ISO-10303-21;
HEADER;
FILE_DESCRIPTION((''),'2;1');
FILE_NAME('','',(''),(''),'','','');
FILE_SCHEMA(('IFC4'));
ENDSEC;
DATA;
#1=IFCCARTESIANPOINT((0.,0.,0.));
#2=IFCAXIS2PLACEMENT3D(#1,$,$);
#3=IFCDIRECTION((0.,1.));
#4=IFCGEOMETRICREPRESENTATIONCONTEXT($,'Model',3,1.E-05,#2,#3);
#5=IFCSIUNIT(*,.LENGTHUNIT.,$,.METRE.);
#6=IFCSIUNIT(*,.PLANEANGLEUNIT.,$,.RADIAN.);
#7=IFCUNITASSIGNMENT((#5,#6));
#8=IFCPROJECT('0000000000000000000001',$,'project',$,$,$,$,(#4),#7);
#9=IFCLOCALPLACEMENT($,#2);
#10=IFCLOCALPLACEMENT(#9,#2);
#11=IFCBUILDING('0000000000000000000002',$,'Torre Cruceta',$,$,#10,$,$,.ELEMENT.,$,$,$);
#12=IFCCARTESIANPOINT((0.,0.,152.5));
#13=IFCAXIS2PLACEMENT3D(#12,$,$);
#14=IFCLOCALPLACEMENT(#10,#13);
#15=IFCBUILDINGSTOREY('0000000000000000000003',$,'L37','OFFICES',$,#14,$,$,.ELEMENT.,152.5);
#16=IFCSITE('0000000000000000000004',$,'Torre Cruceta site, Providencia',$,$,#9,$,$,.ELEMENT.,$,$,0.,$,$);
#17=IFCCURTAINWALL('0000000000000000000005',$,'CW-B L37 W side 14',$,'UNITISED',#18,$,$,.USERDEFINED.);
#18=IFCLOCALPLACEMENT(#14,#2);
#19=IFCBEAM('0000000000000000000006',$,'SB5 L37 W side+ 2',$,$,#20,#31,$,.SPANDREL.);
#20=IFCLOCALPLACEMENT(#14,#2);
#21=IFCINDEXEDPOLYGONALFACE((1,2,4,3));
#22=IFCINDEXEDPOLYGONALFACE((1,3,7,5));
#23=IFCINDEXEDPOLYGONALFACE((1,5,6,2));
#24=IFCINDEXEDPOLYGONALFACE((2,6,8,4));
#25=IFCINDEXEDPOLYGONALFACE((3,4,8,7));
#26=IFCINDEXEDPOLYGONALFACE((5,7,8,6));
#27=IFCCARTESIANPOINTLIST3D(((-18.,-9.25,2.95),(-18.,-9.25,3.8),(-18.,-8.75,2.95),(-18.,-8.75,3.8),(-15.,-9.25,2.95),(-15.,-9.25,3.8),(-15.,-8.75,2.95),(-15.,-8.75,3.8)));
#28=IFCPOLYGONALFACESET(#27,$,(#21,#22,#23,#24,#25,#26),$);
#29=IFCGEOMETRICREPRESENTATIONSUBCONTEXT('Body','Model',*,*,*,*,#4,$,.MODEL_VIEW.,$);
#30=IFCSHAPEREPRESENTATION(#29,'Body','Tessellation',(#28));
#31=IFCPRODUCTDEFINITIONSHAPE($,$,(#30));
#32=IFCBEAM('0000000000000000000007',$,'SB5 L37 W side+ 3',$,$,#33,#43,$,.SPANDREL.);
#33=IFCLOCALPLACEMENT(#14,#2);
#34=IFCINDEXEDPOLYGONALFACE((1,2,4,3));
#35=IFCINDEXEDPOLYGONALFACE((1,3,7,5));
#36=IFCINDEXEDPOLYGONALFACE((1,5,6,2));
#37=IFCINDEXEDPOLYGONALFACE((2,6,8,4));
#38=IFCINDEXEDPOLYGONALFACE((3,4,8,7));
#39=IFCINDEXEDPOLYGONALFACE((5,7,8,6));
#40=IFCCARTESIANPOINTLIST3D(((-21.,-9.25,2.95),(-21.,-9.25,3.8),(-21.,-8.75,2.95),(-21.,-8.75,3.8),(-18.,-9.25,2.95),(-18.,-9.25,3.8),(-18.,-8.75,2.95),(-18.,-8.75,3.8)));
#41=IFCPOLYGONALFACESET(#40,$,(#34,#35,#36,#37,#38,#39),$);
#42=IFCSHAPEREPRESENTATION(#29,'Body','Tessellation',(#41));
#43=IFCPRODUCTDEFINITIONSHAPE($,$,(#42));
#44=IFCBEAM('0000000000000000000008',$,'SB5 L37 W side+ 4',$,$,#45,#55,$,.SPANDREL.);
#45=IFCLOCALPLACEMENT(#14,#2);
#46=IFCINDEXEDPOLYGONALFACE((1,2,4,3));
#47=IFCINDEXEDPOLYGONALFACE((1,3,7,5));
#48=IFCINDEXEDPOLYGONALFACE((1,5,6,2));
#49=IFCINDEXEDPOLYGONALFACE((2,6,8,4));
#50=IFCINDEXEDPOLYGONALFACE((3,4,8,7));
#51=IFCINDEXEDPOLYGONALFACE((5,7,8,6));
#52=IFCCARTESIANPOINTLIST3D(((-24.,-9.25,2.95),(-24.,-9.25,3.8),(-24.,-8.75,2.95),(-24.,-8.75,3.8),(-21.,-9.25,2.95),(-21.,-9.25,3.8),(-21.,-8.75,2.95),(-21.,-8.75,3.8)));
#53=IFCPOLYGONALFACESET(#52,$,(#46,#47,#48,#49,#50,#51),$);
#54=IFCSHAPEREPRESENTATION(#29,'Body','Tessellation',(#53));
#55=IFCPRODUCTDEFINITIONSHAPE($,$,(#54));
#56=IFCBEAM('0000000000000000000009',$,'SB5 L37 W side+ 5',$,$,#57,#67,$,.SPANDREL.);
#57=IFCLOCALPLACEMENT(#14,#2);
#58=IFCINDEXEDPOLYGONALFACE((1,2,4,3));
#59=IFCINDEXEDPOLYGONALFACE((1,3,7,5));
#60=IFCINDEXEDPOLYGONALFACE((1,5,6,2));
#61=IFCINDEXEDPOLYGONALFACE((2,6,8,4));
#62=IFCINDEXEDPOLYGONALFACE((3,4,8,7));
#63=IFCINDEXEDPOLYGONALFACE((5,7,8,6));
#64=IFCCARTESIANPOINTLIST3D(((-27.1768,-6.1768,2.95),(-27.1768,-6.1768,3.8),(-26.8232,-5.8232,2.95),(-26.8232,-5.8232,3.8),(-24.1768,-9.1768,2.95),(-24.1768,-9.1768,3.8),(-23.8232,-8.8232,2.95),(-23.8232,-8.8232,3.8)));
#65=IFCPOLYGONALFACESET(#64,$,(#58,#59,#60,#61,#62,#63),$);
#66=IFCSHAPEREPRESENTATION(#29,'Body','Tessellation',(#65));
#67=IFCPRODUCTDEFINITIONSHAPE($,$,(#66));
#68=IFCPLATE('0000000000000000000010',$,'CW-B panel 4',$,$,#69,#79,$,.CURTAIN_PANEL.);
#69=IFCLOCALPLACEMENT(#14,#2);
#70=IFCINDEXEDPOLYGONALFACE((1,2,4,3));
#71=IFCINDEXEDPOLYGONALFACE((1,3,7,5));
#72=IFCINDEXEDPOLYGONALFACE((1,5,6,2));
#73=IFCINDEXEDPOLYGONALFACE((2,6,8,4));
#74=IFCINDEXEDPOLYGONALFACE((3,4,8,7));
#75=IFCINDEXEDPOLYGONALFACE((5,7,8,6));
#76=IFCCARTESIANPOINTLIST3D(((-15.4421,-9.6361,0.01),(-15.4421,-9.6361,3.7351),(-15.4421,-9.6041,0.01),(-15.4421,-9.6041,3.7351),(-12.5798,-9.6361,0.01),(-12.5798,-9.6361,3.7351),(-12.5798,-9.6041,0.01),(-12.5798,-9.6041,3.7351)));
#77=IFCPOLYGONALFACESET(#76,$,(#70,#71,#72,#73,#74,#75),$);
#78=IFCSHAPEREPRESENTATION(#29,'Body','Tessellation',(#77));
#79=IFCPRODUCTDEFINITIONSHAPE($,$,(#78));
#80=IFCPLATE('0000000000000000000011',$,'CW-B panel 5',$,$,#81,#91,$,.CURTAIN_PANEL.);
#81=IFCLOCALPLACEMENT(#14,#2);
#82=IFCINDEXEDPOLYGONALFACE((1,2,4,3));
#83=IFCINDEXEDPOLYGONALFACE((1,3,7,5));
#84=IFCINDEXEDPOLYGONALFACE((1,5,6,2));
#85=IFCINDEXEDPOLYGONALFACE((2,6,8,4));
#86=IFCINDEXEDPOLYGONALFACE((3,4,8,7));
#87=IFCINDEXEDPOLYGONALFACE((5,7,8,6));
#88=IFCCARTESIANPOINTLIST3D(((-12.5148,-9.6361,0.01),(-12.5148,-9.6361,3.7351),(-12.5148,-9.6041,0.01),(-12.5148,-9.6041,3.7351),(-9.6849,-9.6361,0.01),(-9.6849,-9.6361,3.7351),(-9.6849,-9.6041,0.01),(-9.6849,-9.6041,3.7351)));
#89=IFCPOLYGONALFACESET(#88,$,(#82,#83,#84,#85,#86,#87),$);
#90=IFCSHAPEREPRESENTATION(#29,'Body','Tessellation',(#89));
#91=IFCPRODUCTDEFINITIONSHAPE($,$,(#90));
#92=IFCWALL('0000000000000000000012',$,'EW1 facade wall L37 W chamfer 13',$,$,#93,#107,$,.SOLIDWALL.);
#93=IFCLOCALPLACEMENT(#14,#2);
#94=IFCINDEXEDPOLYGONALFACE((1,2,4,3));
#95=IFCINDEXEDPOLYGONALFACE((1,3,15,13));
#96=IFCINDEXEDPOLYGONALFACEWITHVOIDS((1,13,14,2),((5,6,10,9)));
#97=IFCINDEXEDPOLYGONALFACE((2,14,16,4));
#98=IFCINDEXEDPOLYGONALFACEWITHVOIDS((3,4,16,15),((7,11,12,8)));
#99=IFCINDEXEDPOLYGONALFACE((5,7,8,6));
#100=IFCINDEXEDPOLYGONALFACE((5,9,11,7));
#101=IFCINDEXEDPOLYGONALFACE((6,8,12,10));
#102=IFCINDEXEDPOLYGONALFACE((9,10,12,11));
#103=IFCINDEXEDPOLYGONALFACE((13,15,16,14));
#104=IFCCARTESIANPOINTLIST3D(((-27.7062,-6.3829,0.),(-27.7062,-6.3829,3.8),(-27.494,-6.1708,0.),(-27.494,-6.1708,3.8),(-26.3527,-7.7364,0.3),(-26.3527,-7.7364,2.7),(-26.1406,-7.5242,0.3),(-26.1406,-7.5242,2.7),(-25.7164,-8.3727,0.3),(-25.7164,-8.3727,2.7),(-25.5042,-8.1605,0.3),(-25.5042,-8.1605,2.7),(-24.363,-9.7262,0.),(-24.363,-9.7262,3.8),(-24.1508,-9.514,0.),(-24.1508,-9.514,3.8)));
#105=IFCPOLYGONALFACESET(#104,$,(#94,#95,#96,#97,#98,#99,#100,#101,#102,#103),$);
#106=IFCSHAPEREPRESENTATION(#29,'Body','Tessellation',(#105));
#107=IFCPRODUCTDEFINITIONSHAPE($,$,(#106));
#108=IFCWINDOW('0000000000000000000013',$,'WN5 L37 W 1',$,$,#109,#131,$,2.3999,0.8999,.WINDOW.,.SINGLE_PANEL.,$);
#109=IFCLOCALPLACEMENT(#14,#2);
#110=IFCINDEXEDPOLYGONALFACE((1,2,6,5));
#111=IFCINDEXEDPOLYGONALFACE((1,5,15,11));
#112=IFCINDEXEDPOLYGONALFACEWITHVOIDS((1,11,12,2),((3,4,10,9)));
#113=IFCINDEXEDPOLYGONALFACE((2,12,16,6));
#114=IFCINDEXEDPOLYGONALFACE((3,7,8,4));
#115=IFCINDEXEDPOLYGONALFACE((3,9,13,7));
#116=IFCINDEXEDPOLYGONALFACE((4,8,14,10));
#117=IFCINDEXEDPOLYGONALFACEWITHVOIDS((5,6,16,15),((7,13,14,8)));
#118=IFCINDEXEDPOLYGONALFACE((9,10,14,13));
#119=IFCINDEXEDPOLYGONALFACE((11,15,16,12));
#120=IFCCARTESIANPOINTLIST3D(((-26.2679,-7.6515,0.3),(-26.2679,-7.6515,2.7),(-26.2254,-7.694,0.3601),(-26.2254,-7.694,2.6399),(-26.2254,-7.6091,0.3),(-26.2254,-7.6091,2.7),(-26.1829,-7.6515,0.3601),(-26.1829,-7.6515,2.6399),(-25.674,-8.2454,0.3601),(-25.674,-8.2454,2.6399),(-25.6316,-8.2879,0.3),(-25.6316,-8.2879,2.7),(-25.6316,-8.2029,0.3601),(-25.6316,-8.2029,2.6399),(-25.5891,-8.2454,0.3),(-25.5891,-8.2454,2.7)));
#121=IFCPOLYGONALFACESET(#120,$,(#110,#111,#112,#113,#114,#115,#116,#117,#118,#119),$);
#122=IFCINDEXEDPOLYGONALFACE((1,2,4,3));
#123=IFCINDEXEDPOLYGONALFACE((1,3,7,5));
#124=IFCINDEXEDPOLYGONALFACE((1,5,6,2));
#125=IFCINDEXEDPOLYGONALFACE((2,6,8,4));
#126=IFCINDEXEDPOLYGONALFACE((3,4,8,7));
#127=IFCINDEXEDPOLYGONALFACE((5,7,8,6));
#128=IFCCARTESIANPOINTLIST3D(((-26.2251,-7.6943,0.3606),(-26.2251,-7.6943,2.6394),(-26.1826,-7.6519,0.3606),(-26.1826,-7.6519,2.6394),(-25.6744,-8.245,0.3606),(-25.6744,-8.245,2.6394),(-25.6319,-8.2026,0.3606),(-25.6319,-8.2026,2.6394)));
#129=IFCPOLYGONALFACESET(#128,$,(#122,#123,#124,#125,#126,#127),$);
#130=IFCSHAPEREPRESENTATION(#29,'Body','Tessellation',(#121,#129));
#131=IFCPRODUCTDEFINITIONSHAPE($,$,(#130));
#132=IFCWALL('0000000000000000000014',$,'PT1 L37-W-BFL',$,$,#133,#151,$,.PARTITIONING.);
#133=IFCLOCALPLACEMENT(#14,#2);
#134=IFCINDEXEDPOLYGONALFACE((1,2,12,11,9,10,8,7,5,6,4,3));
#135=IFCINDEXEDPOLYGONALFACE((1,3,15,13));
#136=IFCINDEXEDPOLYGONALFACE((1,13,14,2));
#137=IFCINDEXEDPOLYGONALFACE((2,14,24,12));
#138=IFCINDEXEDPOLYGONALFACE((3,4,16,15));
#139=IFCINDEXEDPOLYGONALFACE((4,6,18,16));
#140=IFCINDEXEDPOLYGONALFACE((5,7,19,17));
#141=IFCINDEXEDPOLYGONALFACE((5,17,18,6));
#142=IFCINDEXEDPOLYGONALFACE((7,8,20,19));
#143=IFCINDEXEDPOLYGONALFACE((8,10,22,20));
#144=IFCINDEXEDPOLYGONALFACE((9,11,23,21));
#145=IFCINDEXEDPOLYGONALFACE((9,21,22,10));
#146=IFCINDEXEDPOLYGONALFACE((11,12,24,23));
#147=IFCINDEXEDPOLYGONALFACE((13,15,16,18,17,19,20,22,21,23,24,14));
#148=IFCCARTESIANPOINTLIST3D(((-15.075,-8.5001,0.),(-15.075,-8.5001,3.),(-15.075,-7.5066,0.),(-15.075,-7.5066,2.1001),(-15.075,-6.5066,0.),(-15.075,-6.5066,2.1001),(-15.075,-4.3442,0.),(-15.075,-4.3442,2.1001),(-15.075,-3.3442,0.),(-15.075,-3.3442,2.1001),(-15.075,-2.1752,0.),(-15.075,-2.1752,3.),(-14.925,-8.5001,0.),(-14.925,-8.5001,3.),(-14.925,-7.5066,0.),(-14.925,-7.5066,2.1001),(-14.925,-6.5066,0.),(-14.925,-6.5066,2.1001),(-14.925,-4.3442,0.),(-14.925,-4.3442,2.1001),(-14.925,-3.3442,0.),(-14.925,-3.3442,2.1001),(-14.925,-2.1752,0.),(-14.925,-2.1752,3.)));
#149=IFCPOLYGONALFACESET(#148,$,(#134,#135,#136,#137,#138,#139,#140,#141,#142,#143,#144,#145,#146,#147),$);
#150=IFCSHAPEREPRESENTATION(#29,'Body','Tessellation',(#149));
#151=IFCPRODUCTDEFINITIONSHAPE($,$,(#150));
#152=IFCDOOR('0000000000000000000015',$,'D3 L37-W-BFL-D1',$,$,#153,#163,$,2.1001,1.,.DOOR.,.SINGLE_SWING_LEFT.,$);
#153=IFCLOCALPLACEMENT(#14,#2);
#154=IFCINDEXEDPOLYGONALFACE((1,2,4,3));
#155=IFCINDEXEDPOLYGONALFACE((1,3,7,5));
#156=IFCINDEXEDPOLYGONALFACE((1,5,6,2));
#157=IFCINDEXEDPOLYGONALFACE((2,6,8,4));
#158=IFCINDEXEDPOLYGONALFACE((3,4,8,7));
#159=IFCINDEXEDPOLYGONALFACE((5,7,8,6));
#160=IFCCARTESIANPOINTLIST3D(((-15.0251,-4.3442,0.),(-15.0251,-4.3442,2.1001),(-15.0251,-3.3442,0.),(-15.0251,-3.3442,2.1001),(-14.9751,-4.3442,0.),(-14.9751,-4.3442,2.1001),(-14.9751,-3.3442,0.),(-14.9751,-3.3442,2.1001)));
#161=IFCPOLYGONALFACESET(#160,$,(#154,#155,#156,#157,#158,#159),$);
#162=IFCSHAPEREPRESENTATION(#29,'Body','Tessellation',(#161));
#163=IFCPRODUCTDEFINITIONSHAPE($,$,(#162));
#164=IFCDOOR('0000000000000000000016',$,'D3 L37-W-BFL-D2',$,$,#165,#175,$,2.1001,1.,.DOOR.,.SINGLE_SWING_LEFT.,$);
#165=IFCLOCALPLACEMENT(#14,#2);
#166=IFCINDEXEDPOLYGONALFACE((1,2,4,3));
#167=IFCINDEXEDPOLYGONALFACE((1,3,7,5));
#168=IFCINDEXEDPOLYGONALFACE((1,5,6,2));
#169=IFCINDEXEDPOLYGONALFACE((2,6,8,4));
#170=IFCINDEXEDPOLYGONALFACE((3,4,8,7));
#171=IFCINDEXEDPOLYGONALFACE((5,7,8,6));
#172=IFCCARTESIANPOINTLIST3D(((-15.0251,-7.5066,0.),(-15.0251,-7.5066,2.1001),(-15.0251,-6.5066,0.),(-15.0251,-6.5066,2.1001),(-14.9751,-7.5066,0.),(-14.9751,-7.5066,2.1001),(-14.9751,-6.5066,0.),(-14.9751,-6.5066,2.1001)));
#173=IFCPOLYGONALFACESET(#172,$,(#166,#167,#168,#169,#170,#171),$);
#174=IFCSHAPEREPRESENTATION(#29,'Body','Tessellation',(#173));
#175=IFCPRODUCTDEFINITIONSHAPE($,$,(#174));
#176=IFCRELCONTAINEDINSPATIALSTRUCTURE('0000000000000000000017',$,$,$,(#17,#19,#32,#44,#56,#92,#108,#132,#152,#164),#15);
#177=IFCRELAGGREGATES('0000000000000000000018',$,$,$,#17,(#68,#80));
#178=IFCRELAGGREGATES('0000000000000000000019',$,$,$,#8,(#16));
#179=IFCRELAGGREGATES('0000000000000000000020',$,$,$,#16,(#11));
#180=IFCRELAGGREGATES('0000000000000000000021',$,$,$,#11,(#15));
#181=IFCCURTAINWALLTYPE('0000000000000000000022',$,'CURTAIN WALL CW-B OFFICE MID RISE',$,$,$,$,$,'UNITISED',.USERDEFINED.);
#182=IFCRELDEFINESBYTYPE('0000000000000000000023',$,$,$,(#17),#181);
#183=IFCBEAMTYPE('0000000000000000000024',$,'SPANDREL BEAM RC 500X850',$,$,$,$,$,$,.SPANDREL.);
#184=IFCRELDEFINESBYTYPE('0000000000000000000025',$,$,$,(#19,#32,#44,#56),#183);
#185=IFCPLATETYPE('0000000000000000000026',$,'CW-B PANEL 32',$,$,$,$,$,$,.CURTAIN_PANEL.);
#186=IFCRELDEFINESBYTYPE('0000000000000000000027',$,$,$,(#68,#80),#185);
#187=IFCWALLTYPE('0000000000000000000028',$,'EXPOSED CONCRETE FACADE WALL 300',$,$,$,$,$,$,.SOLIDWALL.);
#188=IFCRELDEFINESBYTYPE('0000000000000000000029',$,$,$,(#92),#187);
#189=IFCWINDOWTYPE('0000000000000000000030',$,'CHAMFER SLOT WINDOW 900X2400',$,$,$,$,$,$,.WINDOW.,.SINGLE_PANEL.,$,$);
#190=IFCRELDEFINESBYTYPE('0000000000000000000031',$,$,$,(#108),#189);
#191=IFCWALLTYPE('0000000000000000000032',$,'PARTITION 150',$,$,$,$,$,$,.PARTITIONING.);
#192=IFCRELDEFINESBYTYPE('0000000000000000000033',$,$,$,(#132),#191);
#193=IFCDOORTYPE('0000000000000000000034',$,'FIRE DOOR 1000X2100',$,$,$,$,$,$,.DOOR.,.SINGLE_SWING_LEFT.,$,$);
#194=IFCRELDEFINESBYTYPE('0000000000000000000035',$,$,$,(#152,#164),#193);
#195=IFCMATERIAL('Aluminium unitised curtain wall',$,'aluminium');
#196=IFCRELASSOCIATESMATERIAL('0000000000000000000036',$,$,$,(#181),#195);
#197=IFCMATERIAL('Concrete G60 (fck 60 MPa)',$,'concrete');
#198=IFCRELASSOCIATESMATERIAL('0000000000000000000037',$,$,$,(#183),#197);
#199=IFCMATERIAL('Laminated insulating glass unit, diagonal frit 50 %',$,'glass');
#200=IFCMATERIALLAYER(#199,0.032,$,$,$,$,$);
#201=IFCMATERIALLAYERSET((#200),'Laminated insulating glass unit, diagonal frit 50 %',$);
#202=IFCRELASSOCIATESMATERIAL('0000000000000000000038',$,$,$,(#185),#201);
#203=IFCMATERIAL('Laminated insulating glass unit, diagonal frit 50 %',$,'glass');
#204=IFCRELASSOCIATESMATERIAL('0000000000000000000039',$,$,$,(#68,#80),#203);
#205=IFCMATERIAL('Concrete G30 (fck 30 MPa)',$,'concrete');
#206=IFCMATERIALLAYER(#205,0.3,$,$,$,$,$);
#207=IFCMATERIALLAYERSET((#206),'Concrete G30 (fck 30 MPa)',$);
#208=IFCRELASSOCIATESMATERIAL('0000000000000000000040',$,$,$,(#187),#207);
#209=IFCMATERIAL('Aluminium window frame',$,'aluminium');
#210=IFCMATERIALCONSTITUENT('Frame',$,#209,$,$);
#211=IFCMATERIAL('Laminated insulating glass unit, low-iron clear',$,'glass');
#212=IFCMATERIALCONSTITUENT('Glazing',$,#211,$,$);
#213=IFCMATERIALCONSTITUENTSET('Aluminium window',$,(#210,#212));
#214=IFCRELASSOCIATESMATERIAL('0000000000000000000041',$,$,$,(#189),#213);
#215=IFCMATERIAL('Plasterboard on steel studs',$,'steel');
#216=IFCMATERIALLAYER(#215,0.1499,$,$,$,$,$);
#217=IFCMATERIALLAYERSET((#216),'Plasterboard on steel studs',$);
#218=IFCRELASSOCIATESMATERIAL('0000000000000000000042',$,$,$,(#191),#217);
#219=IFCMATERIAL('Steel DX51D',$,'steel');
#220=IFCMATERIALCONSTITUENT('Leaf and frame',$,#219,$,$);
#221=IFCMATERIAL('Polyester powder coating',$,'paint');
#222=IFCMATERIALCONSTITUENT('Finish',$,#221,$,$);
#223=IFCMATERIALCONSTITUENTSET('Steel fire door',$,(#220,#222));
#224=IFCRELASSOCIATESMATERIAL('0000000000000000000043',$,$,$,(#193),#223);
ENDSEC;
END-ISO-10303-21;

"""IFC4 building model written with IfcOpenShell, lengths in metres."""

from ifc_helpers import new_model, si_unit, direction, frame, frame_2d, origin, origin_2d, place, context, subcontext, project, spatial, rectangle, hollow_rectangle, extrude, material, layer, layer_set, constituent, constituent_set, material_profile, profile_set, type_object, element, fill, aggregate, save


model = new_model("IFC4")

# Units and contexts
model_context = context("Model", 3, precision=1e-05, world=origin(), true_north=direction((0.0, 1.0)))
body_context = subcontext(model_context, "Body", "Model", "MODEL_VIEW")
ifc_project = project(units=[si_unit("LENGTHUNIT", "METRE"), si_unit("PLANEANGLEUNIT", "RADIAN")], contexts=[model_context])

# Site, building, storey
site_placement = place(None, origin())
site = spatial("IfcSite", under=ifc_project, at=site_placement, Name="Torre Cruceta site, Providencia", CompositionType="ELEMENT", RefElevation=0.0)
building_placement = place(site_placement, origin())
building = spatial("IfcBuilding", under=site, at=building_placement, Name="Torre Cruceta", CompositionType="ELEMENT")
storey_placement = place(building_placement, frame((0.0, 0.0, 152.5)))
storey = spatial("IfcBuildingStorey", under=building, at=storey_placement, Name="L37", Description="OFFICES", CompositionType="ELEMENT", Elevation=152.5)

# Curtain wall
ifc_material_1 = material(Name="Aluminium unitised curtain wall", Category="aluminium")
curtain_wall_type = type_object("IfcCurtainWallType", Name="CURTAIN WALL CW-B OFFICE MID RISE", ElementType="UNITISED", PredefinedType="USERDEFINED", material=ifc_material_1)
curtain_wall_placement = place(storey_placement, origin())
curtain_wall = element("IfcCurtainWall", 1, at=curtain_wall_placement, inside=storey, type_object=curtain_wall_type, Name="CW-B L37 W side 14", ObjectType="UNITISED", PredefinedType="USERDEFINED")

# Beams
ifc_material_2 = material(Name="Concrete G60 (fck 60 MPa)", Category="concrete")
ifc_material_profile_1 = material_profile(ifc_material_2, rectangle(XDim=0.5, YDim=0.8501, at=origin_2d()), Name="RC 500X850")
ifc_profile_set_1 = profile_set([ifc_material_profile_1], Name="Concrete G60 (fck 60 MPa)")
beam_type_1 = type_object("IfcBeamType", Name="SPANDREL BEAM RC 500X850", PredefinedType="SPANDREL", material=ifc_profile_set_1)
for number, where, z_axis, x_axis, name in (
    (2, (-15.0, -9.0, 3.375), (-1.0, 0.0, 0.0), (0.0, -1.0, 0.0), "SB5 L37 W side+ 2"),
    (3, (-18.0, -9.0, 3.375), (-1.0, 0.0, 0.0), (0.0, -1.0, 0.0), "SB5 L37 W side+ 3"),
    (4, (-21.0, -9.0, 3.375), (-1.0, 0.0, 0.0), (0.0, -1.0, 0.0), "SB5 L37 W side+ 4"),
):
    element("IfcBeam", number, at=place(storey_placement, frame(where, z_axis=z_axis, x_axis=x_axis)), inside=storey, type_object=beam_type_1, Name=name, PredefinedType="SPANDREL", context=body_context, shape_type="SweptSolid", body=[
        extrude(rectangle(XDim=0.5, YDim=0.8501, at=origin_2d()), origin(), (0.0, 0.0, 1.0), 3.0),
    ])
beam_1_placement = place(storey_placement, frame((-24.0, -9.0, 3.375), z_axis=(-0.707107, 0.707107, 0.0), x_axis=(-0.707107, -0.707107, 0.0)))
element("IfcBeam", 5, at=beam_1_placement, inside=storey, type_object=beam_type_1, Name="SB5 L37 W side+ 5", PredefinedType="SPANDREL", context=body_context, shape_type="SweptSolid", body=[
    extrude(rectangle(XDim=0.5, YDim=0.8501, at=origin_2d()), origin(), (0.0, 0.0, 1.0), 4.2427),
])

# Plates
ifc_material_3 = material(Name="Laminated insulating glass unit, diagonal frit 50 %", Category="glass")
ifc_material_4 = material(Name="Laminated insulating glass unit, diagonal frit 50 %", Category="glass")
ifc_layer_1 = layer(ifc_material_4, 0.032)
ifc_layer_set_1 = layer_set([ifc_layer_1], Name="Laminated insulating glass unit, diagonal frit 50 %")
plate_type = type_object("IfcPlateType", Name="CW-B PANEL 32", PredefinedType="CURTAIN_PANEL", material=ifc_layer_set_1)
plate_1_placement = place(storey_placement, frame((-14.011, -9.6201, 0.01), z_axis=(0.0, 0.0, 1.0), x_axis=(1.0, 0.0, 0.0)))
plate_1 = element("IfcPlate", 6, at=plate_1_placement, type_object=plate_type, material=ifc_material_3, Name="CW-B panel 4", PredefinedType="CURTAIN_PANEL", context=body_context, shape_type="SweptSolid", body=[
    extrude(rectangle(XDim=2.8623, YDim=0.032, at=origin_2d()), origin(), (0.0, 0.0, 1.0), 3.7251),
])
plate_2_placement = place(storey_placement, frame((-11.0999, -9.6201, 0.01), z_axis=(0.0, 0.0, 1.0), x_axis=(1.0, 0.0, 0.0)))
plate_2 = element("IfcPlate", 7, at=plate_2_placement, type_object=plate_type, material=ifc_material_3, Name="CW-B panel 5", PredefinedType="CURTAIN_PANEL", context=body_context, shape_type="SweptSolid", body=[
    extrude(rectangle(XDim=2.8298, YDim=0.032, at=origin_2d()), origin(), (0.0, 0.0, 1.0), 3.7251),
])
aggregate(curtain_wall, [plate_1, plate_2])

# Wall, opening, window
ifc_material_5 = material(Name="Concrete G30 (fck 30 MPa)", Category="concrete")
ifc_layer_2 = layer(ifc_material_5, 0.3)
ifc_layer_set_2 = layer_set([ifc_layer_2], Name="Concrete G30 (fck 30 MPa)")
wall_type_1 = type_object("IfcWallType", Name="EXPOSED CONCRETE FACADE WALL 300", PredefinedType="SOLIDWALL", material=ifc_layer_set_2)
wall_1_placement = place(storey_placement, frame((-27.6001, -6.2769, 0.0), z_axis=(0.0, 0.0, 1.0), x_axis=(0.707107, -0.707107, 0.0)))
wall_1 = element("IfcWall", 8, at=wall_1_placement, inside=storey, type_object=wall_type_1, Name="EW1 facade wall L37 W chamfer 13", PredefinedType="SOLIDWALL", context=body_context, shape_type="SweptSolid", body=[
    extrude(rectangle(XDim=4.728, YDim=0.3, at=frame_2d((2.364, 0.0))), origin(), (0.0, 0.0, 1.0), 3.8),
])
opening_1_placement = place(wall_1_placement, frame((1.9141, 0.0, 0.3)))
opening_1 = element("IfcOpeningElement", 9, at=opening_1_placement, cuts=wall_1, PredefinedType="OPENING", context=body_context, shape_type="SweptSolid", body=[
    extrude(rectangle(XDim=0.8999, YDim=2.3999, at=frame_2d((0.45, 1.2))), frame((0.0, 0.1599, 0.0), z_axis=(0.0, -1.0, 0.0), x_axis=(1.0, 0.0, 0.0)), (0.0, 0.0, 1.0), 0.3201),
])
ifc_material_6 = material(Name="Aluminium window frame", Category="aluminium")
ifc_constituent_1 = constituent(ifc_material_6, Name="Frame")
ifc_material_7 = material(Name="Laminated insulating glass unit, low-iron clear", Category="glass")
ifc_constituent_2 = constituent(ifc_material_7, Name="Glazing")
ifc_constituent_set_1 = constituent_set(constituents=[ifc_constituent_1, ifc_constituent_2], Name="Aluminium window")
window_type = type_object("IfcWindowType", Name="CHAMFER SLOT WINDOW 900X2400", PartitioningType="SINGLE_PANEL", PredefinedType="WINDOW", material=ifc_constituent_set_1)
window_placement = place(opening_1_placement, origin())
window = element("IfcWindow", 10, at=window_placement, inside=storey, type_object=window_type, Name="WN5 L37 W 1", OverallHeight=2.3999, OverallWidth=0.8999, PartitioningType="SINGLE_PANEL", PredefinedType="WINDOW", context=body_context, shape_type="SweptSolid", body=[
    extrude(hollow_rectangle(XDim=0.8999, YDim=2.3999, WallThickness=0.0601, at=frame_2d((0.45, 1.2))), frame((0.0, 0.03, 0.0), z_axis=(0.0, -1.0, 0.0), x_axis=(1.0, 0.0, 0.0)), (0.0, 0.0, 1.0), 0.0601),
    extrude(rectangle(XDim=0.7788, YDim=2.2788, at=frame_2d((0.45, 1.2))), frame((0.0, 0.03, 0.0), z_axis=(0.0, -1.0, 0.0), x_axis=(1.0, 0.0, 0.0)), (0.0, 0.0, 1.0), 0.0601),
])
fill(opening_1, window)

# Wall, openings, doors
ifc_material_8 = material(Name="Plasterboard on steel studs", Category="steel")
ifc_layer_3 = layer(ifc_material_8, 0.1499)
ifc_layer_set_3 = layer_set([ifc_layer_3], Name="Plasterboard on steel studs")
wall_type_2 = type_object("IfcWallType", Name="PARTITION 150", PredefinedType="PARTITIONING", material=ifc_layer_set_3)
wall_2_placement = place(storey_placement, frame((-15.0, -2.175, 0.0), z_axis=(0.0, 0.0, 1.0), x_axis=(0.0, -1.0, 0.0)))
wall_2 = element("IfcWall", 11, at=wall_2_placement, inside=storey, type_object=wall_type_2, Name="PT1 L37-W-BFL", PredefinedType="PARTITIONING", context=body_context, shape_type="SweptSolid", body=[
    extrude(rectangle(XDim=6.325, YDim=0.1499, at=frame_2d((3.1626, 0.0))), origin(), (0.0, 0.0, 1.0), 3.0),
])
opening_2_placement = place(wall_2_placement, frame((1.1692, 0.0, 0.0)))
opening_2 = element("IfcOpeningElement", 12, at=opening_2_placement, cuts=wall_2, PredefinedType="OPENING", context=body_context, shape_type="SweptSolid", body=[
    extrude(rectangle(XDim=1.0, YDim=2.1001, at=frame_2d((0.5, 1.05))), frame((0.0, 0.085, 0.0), z_axis=(0.0, -1.0, 0.0), x_axis=(1.0, 0.0, 0.0)), (0.0, 0.0, 1.0), 0.1699),
])
opening_3_placement = place(wall_2_placement, frame((4.3315, 0.0, 0.0)))
opening_3 = element("IfcOpeningElement", 13, at=opening_3_placement, cuts=wall_2, PredefinedType="OPENING", context=body_context, shape_type="SweptSolid", body=[
    extrude(rectangle(XDim=1.0, YDim=2.1001, at=frame_2d((0.5, 1.05))), frame((0.0, 0.085, 0.0), z_axis=(0.0, -1.0, 0.0), x_axis=(1.0, 0.0, 0.0)), (0.0, 0.0, 1.0), 0.1699),
])
ifc_material_9 = material(Name="Steel DX51D", Category="steel")
ifc_constituent_3 = constituent(ifc_material_9, Name="Leaf and frame")
ifc_material_10 = material(Name="Polyester powder coating", Category="paint")
ifc_constituent_4 = constituent(ifc_material_10, Name="Finish")
ifc_constituent_set_2 = constituent_set(constituents=[ifc_constituent_3, ifc_constituent_4], Name="Steel fire door")
door_type = type_object("IfcDoorType", Name="FIRE DOOR 1000X2100", OperationType="SINGLE_SWING_LEFT", PredefinedType="DOOR", material=ifc_constituent_set_2)
door_1_placement = place(opening_2_placement, origin())
door_1 = element("IfcDoor", 14, at=door_1_placement, inside=storey, type_object=door_type, Name="D3 L37-W-BFL-D1", OperationType="SINGLE_SWING_LEFT", OverallHeight=2.1001, OverallWidth=1.0, PredefinedType="DOOR", context=body_context, shape_type="SweptSolid", body=[
    extrude(rectangle(XDim=1.0, YDim=2.1001, at=frame_2d((0.5, 1.05))), frame((0.0, 0.0249, 0.0), z_axis=(0.0, -1.0, 0.0), x_axis=(1.0, 0.0, 0.0)), (0.0, 0.0, 1.0), 0.05),
])
fill(opening_2, door_1)
door_2_placement = place(opening_3_placement, origin())
door_2 = element("IfcDoor", 15, at=door_2_placement, inside=storey, type_object=door_type, Name="D3 L37-W-BFL-D2", OperationType="SINGLE_SWING_LEFT", OverallHeight=2.1001, OverallWidth=1.0, PredefinedType="DOOR", context=body_context, shape_type="SweptSolid", body=[
    extrude(rectangle(XDim=1.0, YDim=2.1001, at=frame_2d((0.5, 1.05))), frame((0.0, 0.0249, 0.0), z_axis=(0.0, -1.0, 0.0), x_axis=(1.0, 0.0, 0.0)), (0.0, 0.0, 1.0), 0.05),
])
fill(opening_3, door_2)

save(model, "model.ifc")
